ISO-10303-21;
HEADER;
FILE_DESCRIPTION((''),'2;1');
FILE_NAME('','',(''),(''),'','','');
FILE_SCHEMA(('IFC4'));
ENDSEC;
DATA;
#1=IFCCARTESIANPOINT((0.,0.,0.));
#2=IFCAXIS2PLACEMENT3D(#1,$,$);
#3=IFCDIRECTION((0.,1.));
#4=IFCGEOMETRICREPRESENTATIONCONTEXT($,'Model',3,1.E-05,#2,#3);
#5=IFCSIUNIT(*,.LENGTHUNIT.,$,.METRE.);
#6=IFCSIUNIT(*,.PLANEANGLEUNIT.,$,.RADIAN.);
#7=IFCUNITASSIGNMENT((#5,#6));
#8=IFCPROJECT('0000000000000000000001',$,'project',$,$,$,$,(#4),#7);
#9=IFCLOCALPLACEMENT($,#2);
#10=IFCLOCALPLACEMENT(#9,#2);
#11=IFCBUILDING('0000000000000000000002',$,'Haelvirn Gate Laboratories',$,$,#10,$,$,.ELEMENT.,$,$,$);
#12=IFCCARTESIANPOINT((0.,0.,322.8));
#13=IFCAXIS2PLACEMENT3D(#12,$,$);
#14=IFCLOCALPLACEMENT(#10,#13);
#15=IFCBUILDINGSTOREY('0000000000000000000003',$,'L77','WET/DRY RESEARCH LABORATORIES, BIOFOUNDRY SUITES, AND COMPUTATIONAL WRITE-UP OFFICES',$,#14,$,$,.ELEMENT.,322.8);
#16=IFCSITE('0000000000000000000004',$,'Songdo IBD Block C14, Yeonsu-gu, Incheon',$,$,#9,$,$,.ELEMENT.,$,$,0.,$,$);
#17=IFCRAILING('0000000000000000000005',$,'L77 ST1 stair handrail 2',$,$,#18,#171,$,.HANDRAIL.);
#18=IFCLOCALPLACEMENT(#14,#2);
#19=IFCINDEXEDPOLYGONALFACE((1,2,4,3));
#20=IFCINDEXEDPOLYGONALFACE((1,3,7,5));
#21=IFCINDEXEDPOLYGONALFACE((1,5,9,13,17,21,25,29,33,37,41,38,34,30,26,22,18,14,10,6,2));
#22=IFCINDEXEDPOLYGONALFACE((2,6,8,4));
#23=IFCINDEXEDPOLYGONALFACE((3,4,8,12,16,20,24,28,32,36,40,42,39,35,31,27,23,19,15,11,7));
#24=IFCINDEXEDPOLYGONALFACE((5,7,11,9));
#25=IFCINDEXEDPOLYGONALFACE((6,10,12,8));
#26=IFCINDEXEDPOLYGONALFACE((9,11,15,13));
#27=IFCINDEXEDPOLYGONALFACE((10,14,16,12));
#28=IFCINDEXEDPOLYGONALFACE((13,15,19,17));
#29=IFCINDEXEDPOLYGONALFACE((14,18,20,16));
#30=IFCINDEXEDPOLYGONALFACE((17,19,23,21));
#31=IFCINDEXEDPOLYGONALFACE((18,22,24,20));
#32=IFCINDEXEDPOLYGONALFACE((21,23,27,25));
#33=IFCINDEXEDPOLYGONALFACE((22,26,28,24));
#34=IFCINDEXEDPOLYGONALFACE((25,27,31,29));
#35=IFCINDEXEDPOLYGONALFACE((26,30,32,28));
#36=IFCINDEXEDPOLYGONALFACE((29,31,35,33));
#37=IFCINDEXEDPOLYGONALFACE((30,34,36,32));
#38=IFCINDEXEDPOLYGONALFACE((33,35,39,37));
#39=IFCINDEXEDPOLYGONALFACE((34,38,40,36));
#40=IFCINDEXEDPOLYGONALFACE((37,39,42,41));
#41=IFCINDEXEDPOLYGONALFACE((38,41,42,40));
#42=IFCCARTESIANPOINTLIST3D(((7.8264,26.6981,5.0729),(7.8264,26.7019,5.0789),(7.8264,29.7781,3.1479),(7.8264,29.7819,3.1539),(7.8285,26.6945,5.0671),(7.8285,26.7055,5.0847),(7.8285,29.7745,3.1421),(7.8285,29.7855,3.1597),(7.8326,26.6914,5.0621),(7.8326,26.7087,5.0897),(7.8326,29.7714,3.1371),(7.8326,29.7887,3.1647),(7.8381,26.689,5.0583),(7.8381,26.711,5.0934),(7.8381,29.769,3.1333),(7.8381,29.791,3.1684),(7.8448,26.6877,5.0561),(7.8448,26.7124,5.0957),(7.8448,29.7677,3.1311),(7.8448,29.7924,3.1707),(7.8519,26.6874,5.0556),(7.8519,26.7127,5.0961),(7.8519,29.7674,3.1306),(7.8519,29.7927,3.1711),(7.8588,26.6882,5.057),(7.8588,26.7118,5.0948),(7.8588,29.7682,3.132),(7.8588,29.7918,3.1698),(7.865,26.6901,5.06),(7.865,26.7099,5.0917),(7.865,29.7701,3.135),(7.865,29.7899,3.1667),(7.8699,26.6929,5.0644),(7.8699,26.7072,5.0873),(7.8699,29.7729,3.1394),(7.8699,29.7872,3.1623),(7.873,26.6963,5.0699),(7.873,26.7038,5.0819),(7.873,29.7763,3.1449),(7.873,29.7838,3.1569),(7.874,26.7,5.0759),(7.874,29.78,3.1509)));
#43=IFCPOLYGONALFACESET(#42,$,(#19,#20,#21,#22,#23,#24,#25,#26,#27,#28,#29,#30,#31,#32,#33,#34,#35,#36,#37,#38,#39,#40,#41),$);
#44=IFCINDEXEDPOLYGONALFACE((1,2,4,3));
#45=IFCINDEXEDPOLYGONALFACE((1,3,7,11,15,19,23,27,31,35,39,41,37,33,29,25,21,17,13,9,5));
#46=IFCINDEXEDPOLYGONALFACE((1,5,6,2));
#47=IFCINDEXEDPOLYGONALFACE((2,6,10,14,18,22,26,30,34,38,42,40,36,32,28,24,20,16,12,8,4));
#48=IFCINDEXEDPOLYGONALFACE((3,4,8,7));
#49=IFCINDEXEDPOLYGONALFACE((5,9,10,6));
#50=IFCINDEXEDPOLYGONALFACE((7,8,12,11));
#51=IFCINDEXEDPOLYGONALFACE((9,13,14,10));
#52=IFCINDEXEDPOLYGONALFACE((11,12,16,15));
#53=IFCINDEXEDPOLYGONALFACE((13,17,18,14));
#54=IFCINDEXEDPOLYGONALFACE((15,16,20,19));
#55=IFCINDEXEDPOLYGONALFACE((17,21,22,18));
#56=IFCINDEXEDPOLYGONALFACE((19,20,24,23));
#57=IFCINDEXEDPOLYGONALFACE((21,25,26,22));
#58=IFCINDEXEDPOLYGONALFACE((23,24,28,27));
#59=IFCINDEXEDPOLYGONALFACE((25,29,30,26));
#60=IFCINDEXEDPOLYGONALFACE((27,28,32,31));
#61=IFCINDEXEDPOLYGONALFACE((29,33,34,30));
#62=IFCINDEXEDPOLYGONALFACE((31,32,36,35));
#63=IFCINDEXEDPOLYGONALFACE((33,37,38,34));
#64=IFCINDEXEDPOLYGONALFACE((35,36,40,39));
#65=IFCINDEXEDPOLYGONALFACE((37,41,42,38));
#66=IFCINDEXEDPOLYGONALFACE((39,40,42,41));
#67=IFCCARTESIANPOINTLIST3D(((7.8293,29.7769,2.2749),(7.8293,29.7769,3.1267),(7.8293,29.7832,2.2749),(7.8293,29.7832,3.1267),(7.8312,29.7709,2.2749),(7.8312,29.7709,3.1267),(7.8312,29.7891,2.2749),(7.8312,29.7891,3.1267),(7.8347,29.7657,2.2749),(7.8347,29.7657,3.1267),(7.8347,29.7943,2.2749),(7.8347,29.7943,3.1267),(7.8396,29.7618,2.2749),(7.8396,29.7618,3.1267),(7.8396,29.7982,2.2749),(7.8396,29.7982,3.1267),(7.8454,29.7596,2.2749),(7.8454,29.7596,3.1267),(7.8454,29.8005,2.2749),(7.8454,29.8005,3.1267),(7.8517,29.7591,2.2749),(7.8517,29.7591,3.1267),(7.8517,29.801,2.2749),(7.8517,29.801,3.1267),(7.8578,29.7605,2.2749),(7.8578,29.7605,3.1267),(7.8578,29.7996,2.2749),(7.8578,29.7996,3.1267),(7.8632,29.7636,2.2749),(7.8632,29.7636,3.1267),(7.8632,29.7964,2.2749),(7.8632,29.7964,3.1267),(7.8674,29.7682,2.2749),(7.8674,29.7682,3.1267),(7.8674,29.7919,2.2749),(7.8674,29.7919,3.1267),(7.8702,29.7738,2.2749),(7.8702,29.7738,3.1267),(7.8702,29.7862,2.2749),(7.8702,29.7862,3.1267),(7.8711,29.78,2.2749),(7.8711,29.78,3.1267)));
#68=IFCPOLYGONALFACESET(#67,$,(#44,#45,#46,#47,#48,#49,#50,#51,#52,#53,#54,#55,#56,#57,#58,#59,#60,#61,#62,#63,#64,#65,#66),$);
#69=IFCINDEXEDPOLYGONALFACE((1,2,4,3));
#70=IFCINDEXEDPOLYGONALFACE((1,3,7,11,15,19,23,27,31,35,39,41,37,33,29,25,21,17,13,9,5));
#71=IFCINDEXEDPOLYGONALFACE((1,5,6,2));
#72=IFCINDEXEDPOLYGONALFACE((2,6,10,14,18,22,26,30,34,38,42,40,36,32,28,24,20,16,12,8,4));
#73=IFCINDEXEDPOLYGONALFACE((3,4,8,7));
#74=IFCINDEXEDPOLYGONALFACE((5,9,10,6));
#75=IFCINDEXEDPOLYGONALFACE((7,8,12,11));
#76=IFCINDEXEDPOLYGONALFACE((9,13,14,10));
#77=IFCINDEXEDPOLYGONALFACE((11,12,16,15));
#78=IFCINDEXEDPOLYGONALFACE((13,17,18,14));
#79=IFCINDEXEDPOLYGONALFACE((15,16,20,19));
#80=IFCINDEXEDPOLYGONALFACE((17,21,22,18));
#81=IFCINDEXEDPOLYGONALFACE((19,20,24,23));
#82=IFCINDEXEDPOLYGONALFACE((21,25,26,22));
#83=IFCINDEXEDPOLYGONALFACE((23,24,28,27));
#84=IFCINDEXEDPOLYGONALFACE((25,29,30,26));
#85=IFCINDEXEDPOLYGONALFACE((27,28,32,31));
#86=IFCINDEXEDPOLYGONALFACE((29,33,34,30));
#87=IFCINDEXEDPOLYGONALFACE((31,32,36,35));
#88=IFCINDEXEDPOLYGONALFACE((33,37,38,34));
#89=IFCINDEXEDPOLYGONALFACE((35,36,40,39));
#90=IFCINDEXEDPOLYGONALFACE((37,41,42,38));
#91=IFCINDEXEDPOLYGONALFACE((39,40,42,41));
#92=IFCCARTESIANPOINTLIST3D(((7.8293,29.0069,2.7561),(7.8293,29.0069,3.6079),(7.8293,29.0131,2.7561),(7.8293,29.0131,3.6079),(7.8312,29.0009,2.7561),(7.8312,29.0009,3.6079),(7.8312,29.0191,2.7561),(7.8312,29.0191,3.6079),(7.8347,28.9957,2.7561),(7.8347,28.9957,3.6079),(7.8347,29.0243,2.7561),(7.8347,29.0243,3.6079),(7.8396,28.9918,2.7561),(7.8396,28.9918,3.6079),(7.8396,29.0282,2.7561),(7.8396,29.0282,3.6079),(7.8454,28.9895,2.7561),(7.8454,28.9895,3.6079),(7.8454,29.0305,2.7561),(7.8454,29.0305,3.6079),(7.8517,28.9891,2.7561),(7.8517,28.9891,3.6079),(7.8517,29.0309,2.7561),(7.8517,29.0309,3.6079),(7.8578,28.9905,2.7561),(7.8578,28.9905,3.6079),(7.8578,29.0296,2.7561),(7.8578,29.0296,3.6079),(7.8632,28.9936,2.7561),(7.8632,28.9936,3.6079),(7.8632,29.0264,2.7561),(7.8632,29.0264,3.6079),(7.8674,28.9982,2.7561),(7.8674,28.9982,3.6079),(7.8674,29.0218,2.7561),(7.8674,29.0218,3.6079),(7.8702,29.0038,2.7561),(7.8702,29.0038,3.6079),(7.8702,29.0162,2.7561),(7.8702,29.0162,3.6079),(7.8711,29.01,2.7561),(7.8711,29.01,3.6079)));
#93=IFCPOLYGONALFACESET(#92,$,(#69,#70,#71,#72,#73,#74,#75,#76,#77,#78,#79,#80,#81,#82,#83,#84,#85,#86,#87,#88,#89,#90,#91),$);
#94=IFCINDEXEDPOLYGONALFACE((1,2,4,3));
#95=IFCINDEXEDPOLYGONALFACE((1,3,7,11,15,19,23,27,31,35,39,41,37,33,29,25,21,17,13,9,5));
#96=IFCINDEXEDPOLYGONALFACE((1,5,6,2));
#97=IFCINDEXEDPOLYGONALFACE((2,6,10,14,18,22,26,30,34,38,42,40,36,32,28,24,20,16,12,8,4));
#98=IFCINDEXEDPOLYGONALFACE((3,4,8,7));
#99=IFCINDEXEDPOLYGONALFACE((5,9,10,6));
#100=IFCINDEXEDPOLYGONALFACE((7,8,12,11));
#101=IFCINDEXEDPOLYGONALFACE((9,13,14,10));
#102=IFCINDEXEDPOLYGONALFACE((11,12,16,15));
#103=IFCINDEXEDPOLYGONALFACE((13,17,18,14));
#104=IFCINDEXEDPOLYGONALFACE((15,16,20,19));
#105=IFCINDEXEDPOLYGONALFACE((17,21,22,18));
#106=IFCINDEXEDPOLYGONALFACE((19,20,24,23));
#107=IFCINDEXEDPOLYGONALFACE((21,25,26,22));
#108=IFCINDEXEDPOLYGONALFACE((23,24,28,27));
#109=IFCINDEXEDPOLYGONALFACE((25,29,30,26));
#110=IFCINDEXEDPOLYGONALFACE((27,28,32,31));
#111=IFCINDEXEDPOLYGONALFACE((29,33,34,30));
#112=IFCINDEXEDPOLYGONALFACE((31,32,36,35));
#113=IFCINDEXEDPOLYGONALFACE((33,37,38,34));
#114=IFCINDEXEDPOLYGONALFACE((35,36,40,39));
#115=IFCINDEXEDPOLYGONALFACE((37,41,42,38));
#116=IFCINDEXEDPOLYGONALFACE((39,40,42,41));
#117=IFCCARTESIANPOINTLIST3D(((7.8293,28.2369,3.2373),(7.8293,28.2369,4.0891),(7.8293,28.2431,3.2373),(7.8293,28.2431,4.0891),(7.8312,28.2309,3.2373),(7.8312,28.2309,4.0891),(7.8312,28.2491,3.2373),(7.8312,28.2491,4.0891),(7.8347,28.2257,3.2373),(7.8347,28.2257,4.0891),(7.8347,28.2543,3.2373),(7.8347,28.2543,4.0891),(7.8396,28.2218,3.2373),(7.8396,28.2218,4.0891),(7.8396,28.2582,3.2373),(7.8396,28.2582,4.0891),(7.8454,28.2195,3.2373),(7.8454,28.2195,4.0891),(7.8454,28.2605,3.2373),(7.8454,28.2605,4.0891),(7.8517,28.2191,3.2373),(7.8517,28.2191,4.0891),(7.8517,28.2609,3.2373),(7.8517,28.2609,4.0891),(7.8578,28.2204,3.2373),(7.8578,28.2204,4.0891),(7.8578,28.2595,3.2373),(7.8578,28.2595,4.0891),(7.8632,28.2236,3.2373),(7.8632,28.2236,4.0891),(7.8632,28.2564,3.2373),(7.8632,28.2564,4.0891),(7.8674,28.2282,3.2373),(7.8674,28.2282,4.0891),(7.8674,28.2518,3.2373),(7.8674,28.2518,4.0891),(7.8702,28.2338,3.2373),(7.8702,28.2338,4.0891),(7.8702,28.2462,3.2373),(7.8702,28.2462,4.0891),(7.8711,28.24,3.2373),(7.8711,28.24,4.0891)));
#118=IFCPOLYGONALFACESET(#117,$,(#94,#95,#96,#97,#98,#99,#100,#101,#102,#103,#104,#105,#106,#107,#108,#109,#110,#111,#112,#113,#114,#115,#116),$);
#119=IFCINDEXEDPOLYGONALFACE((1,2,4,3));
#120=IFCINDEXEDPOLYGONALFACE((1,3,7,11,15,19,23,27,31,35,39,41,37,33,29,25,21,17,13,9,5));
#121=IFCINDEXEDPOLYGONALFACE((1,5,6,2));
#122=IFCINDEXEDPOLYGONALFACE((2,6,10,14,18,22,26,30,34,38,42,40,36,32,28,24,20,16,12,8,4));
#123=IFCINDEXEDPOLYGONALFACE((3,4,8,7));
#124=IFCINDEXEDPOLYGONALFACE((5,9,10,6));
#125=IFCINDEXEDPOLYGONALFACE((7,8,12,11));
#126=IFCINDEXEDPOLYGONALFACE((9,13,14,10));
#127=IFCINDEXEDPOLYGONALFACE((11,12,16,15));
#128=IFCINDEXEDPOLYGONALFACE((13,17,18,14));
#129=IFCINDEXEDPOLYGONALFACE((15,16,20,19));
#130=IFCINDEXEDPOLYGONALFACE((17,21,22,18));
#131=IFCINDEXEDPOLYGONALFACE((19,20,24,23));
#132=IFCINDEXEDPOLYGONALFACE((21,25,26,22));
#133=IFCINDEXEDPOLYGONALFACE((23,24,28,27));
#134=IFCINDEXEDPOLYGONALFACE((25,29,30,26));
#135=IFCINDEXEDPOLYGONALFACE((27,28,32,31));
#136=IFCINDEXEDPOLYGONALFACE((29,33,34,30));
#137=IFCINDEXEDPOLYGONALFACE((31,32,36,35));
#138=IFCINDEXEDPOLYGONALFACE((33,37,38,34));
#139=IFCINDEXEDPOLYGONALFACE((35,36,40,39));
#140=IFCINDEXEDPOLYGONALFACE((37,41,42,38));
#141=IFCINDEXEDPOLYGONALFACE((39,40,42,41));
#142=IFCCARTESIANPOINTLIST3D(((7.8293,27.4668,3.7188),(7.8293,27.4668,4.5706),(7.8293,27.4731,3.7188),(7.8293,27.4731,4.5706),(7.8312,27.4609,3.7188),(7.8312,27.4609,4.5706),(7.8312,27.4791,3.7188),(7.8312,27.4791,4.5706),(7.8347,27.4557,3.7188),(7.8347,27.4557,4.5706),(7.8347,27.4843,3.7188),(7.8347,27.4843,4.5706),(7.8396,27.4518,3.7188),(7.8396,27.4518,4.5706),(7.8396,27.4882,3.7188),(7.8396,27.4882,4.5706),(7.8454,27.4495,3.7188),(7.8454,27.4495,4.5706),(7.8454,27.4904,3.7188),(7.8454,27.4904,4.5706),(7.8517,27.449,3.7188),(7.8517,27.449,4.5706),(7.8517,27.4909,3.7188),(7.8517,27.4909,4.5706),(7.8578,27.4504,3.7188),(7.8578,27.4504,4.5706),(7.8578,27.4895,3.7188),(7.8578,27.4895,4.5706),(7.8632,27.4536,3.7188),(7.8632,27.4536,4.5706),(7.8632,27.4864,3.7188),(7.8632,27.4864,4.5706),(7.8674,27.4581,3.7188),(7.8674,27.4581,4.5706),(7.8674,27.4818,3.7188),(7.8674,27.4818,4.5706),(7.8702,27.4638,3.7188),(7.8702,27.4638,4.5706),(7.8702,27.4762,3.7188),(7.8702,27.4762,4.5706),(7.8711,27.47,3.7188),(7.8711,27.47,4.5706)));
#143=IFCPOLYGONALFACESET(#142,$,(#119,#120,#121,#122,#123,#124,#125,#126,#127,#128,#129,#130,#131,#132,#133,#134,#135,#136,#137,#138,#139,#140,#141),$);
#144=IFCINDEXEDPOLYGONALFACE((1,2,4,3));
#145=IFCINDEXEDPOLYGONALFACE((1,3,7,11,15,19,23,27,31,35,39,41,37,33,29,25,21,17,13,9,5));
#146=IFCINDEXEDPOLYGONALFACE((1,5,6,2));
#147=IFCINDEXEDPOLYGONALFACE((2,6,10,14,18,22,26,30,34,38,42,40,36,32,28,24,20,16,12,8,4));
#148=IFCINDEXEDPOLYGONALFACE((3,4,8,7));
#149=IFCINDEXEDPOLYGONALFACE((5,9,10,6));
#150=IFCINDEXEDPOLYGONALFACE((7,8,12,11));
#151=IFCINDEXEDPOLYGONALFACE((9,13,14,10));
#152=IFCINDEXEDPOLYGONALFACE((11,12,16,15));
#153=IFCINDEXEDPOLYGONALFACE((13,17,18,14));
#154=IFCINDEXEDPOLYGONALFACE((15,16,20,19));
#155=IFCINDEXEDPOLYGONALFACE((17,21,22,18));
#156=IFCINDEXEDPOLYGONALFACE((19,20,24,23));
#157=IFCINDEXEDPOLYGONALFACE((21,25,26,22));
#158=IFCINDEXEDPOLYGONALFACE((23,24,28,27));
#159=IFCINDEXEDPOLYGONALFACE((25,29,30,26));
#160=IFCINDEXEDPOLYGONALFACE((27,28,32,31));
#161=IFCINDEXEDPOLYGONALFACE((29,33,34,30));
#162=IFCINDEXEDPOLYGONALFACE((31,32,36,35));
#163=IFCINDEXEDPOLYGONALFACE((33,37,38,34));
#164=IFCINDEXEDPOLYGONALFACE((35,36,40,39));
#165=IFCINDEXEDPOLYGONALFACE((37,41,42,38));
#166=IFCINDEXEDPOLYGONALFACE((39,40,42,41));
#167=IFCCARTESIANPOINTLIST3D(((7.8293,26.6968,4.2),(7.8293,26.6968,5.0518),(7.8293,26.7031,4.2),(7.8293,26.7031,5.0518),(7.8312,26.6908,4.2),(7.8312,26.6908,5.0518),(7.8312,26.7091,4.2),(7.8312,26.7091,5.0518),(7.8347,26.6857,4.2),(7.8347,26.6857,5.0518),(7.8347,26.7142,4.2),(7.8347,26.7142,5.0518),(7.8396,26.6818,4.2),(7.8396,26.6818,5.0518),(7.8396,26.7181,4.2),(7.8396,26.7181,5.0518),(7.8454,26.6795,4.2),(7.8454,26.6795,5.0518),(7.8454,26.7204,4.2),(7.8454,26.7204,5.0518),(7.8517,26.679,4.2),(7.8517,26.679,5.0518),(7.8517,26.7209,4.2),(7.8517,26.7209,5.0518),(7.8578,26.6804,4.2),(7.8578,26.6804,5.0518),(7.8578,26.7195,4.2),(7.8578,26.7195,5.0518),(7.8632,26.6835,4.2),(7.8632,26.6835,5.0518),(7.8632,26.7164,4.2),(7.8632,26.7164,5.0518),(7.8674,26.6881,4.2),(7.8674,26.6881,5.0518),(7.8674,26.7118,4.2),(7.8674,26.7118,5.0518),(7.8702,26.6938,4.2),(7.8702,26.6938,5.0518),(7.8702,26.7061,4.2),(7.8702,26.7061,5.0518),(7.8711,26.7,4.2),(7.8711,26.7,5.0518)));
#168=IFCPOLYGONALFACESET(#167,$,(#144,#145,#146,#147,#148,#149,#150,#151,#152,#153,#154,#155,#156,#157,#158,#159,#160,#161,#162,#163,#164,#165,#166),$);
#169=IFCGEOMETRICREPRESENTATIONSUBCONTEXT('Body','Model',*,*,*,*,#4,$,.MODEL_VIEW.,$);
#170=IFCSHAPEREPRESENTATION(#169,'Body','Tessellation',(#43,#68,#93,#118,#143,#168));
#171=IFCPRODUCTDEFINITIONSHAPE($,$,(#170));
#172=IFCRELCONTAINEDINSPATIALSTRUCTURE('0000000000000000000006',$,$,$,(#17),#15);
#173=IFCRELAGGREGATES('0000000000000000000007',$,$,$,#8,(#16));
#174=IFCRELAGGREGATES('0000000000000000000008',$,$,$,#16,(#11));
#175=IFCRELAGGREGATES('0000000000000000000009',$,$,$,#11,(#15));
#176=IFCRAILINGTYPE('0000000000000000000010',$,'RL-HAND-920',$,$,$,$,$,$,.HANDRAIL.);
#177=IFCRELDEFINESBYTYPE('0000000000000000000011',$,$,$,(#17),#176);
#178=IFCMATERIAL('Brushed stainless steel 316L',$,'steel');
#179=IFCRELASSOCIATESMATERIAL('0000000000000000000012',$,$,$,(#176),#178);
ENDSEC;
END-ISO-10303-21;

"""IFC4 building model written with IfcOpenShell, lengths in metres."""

from ifc_helpers import new_model, si_unit, direction, frame, origin, origin_2d, place, context, subcontext, project, spatial, circle, extrude, source, transform, mapped, material, type_object, type_shapes, element, save


model = new_model("IFC4")

# Units and contexts
model_context = context("Model", 3, precision=1e-05, world=origin(), true_north=direction((0.0, 1.0)))
body_context = subcontext(model_context, "Body", "Model", "MODEL_VIEW")
ifc_project = project(units=[si_unit("LENGTHUNIT", "METRE"), si_unit("PLANEANGLEUNIT", "RADIAN")], contexts=[model_context])

# Site, building, storey
site_placement = place(None, origin())
site = spatial("IfcSite", under=ifc_project, at=site_placement, Name="Songdo IBD Block C14, Yeonsu-gu, Incheon", CompositionType="ELEMENT", RefElevation=0.0)
building_placement = place(site_placement, origin())
building = spatial("IfcBuilding", under=site, at=building_placement, Name="Haelvirn Gate Laboratories", CompositionType="ELEMENT")
storey_placement = place(building_placement, frame((0.0, 0.0, 322.8)))
storey = spatial("IfcBuildingStorey", under=building, at=storey_placement, Name="L77", Description="WET/DRY RESEARCH LABORATORIES, BIOFOUNDRY SUITES, AND COMPUTATIONAL WRITE-UP OFFICES", CompositionType="ELEMENT", Elevation=322.8)

# Railing
ifc_material_1 = material(Name="Brushed stainless steel 316L", Category="steel")
railing_type_1 = type_object("IfcRailingType", Name="RL-HAND-920", PredefinedType="HANDRAIL", material=ifc_material_1)
shared_shape_1 = source(origin(), body_context, "Body", "SweptSolid", [
    extrude(circle(Radius=0.0239, at=origin_2d()), frame((0.0, 0.0, 0.876), z_axis=(0.0, -0.847998, 0.529999), x_axis=(1.0, 0.0, 0.0)), (0.0, 0.0, 1.0), 3.6321),
    extrude(circle(Radius=0.021, at=origin_2d()), origin(), (0.0, 0.0, 1.0), 0.8518),
    extrude(circle(Radius=0.021, at=origin_2d()), frame((0.0, -0.77, 0.4812)), (0.0, 0.0, 1.0), 0.8518),
    extrude(circle(Radius=0.021, at=origin_2d()), frame((0.0, -1.54, 0.9624)), (0.0, 0.0, 1.0), 0.8518),
    extrude(circle(Radius=0.021, at=origin_2d()), frame((0.0, -2.3101, 1.4438)), (0.0, 0.0, 1.0), 0.8518),
    extrude(circle(Radius=0.021, at=origin_2d()), frame((0.0, -3.0801, 1.925)), (0.0, 0.0, 1.0), 0.8518),
])
type_shapes(railing_type_1, [shared_shape_1])
railing_1_placement = place(storey_placement, frame((7.8501, 29.78, 2.2749)))
element("IfcRailing", 1, at=railing_1_placement, inside=storey, type_object=railing_type_1, Name="L77 ST1 stair handrail 2", PredefinedType="HANDRAIL", context=body_context, shape_type="MappedRepresentation", body=[
    mapped(shared_shape_1, transform((0.0, 0.0, 0.0), scale=1.0)),
])

save(model, "model.ifc")
